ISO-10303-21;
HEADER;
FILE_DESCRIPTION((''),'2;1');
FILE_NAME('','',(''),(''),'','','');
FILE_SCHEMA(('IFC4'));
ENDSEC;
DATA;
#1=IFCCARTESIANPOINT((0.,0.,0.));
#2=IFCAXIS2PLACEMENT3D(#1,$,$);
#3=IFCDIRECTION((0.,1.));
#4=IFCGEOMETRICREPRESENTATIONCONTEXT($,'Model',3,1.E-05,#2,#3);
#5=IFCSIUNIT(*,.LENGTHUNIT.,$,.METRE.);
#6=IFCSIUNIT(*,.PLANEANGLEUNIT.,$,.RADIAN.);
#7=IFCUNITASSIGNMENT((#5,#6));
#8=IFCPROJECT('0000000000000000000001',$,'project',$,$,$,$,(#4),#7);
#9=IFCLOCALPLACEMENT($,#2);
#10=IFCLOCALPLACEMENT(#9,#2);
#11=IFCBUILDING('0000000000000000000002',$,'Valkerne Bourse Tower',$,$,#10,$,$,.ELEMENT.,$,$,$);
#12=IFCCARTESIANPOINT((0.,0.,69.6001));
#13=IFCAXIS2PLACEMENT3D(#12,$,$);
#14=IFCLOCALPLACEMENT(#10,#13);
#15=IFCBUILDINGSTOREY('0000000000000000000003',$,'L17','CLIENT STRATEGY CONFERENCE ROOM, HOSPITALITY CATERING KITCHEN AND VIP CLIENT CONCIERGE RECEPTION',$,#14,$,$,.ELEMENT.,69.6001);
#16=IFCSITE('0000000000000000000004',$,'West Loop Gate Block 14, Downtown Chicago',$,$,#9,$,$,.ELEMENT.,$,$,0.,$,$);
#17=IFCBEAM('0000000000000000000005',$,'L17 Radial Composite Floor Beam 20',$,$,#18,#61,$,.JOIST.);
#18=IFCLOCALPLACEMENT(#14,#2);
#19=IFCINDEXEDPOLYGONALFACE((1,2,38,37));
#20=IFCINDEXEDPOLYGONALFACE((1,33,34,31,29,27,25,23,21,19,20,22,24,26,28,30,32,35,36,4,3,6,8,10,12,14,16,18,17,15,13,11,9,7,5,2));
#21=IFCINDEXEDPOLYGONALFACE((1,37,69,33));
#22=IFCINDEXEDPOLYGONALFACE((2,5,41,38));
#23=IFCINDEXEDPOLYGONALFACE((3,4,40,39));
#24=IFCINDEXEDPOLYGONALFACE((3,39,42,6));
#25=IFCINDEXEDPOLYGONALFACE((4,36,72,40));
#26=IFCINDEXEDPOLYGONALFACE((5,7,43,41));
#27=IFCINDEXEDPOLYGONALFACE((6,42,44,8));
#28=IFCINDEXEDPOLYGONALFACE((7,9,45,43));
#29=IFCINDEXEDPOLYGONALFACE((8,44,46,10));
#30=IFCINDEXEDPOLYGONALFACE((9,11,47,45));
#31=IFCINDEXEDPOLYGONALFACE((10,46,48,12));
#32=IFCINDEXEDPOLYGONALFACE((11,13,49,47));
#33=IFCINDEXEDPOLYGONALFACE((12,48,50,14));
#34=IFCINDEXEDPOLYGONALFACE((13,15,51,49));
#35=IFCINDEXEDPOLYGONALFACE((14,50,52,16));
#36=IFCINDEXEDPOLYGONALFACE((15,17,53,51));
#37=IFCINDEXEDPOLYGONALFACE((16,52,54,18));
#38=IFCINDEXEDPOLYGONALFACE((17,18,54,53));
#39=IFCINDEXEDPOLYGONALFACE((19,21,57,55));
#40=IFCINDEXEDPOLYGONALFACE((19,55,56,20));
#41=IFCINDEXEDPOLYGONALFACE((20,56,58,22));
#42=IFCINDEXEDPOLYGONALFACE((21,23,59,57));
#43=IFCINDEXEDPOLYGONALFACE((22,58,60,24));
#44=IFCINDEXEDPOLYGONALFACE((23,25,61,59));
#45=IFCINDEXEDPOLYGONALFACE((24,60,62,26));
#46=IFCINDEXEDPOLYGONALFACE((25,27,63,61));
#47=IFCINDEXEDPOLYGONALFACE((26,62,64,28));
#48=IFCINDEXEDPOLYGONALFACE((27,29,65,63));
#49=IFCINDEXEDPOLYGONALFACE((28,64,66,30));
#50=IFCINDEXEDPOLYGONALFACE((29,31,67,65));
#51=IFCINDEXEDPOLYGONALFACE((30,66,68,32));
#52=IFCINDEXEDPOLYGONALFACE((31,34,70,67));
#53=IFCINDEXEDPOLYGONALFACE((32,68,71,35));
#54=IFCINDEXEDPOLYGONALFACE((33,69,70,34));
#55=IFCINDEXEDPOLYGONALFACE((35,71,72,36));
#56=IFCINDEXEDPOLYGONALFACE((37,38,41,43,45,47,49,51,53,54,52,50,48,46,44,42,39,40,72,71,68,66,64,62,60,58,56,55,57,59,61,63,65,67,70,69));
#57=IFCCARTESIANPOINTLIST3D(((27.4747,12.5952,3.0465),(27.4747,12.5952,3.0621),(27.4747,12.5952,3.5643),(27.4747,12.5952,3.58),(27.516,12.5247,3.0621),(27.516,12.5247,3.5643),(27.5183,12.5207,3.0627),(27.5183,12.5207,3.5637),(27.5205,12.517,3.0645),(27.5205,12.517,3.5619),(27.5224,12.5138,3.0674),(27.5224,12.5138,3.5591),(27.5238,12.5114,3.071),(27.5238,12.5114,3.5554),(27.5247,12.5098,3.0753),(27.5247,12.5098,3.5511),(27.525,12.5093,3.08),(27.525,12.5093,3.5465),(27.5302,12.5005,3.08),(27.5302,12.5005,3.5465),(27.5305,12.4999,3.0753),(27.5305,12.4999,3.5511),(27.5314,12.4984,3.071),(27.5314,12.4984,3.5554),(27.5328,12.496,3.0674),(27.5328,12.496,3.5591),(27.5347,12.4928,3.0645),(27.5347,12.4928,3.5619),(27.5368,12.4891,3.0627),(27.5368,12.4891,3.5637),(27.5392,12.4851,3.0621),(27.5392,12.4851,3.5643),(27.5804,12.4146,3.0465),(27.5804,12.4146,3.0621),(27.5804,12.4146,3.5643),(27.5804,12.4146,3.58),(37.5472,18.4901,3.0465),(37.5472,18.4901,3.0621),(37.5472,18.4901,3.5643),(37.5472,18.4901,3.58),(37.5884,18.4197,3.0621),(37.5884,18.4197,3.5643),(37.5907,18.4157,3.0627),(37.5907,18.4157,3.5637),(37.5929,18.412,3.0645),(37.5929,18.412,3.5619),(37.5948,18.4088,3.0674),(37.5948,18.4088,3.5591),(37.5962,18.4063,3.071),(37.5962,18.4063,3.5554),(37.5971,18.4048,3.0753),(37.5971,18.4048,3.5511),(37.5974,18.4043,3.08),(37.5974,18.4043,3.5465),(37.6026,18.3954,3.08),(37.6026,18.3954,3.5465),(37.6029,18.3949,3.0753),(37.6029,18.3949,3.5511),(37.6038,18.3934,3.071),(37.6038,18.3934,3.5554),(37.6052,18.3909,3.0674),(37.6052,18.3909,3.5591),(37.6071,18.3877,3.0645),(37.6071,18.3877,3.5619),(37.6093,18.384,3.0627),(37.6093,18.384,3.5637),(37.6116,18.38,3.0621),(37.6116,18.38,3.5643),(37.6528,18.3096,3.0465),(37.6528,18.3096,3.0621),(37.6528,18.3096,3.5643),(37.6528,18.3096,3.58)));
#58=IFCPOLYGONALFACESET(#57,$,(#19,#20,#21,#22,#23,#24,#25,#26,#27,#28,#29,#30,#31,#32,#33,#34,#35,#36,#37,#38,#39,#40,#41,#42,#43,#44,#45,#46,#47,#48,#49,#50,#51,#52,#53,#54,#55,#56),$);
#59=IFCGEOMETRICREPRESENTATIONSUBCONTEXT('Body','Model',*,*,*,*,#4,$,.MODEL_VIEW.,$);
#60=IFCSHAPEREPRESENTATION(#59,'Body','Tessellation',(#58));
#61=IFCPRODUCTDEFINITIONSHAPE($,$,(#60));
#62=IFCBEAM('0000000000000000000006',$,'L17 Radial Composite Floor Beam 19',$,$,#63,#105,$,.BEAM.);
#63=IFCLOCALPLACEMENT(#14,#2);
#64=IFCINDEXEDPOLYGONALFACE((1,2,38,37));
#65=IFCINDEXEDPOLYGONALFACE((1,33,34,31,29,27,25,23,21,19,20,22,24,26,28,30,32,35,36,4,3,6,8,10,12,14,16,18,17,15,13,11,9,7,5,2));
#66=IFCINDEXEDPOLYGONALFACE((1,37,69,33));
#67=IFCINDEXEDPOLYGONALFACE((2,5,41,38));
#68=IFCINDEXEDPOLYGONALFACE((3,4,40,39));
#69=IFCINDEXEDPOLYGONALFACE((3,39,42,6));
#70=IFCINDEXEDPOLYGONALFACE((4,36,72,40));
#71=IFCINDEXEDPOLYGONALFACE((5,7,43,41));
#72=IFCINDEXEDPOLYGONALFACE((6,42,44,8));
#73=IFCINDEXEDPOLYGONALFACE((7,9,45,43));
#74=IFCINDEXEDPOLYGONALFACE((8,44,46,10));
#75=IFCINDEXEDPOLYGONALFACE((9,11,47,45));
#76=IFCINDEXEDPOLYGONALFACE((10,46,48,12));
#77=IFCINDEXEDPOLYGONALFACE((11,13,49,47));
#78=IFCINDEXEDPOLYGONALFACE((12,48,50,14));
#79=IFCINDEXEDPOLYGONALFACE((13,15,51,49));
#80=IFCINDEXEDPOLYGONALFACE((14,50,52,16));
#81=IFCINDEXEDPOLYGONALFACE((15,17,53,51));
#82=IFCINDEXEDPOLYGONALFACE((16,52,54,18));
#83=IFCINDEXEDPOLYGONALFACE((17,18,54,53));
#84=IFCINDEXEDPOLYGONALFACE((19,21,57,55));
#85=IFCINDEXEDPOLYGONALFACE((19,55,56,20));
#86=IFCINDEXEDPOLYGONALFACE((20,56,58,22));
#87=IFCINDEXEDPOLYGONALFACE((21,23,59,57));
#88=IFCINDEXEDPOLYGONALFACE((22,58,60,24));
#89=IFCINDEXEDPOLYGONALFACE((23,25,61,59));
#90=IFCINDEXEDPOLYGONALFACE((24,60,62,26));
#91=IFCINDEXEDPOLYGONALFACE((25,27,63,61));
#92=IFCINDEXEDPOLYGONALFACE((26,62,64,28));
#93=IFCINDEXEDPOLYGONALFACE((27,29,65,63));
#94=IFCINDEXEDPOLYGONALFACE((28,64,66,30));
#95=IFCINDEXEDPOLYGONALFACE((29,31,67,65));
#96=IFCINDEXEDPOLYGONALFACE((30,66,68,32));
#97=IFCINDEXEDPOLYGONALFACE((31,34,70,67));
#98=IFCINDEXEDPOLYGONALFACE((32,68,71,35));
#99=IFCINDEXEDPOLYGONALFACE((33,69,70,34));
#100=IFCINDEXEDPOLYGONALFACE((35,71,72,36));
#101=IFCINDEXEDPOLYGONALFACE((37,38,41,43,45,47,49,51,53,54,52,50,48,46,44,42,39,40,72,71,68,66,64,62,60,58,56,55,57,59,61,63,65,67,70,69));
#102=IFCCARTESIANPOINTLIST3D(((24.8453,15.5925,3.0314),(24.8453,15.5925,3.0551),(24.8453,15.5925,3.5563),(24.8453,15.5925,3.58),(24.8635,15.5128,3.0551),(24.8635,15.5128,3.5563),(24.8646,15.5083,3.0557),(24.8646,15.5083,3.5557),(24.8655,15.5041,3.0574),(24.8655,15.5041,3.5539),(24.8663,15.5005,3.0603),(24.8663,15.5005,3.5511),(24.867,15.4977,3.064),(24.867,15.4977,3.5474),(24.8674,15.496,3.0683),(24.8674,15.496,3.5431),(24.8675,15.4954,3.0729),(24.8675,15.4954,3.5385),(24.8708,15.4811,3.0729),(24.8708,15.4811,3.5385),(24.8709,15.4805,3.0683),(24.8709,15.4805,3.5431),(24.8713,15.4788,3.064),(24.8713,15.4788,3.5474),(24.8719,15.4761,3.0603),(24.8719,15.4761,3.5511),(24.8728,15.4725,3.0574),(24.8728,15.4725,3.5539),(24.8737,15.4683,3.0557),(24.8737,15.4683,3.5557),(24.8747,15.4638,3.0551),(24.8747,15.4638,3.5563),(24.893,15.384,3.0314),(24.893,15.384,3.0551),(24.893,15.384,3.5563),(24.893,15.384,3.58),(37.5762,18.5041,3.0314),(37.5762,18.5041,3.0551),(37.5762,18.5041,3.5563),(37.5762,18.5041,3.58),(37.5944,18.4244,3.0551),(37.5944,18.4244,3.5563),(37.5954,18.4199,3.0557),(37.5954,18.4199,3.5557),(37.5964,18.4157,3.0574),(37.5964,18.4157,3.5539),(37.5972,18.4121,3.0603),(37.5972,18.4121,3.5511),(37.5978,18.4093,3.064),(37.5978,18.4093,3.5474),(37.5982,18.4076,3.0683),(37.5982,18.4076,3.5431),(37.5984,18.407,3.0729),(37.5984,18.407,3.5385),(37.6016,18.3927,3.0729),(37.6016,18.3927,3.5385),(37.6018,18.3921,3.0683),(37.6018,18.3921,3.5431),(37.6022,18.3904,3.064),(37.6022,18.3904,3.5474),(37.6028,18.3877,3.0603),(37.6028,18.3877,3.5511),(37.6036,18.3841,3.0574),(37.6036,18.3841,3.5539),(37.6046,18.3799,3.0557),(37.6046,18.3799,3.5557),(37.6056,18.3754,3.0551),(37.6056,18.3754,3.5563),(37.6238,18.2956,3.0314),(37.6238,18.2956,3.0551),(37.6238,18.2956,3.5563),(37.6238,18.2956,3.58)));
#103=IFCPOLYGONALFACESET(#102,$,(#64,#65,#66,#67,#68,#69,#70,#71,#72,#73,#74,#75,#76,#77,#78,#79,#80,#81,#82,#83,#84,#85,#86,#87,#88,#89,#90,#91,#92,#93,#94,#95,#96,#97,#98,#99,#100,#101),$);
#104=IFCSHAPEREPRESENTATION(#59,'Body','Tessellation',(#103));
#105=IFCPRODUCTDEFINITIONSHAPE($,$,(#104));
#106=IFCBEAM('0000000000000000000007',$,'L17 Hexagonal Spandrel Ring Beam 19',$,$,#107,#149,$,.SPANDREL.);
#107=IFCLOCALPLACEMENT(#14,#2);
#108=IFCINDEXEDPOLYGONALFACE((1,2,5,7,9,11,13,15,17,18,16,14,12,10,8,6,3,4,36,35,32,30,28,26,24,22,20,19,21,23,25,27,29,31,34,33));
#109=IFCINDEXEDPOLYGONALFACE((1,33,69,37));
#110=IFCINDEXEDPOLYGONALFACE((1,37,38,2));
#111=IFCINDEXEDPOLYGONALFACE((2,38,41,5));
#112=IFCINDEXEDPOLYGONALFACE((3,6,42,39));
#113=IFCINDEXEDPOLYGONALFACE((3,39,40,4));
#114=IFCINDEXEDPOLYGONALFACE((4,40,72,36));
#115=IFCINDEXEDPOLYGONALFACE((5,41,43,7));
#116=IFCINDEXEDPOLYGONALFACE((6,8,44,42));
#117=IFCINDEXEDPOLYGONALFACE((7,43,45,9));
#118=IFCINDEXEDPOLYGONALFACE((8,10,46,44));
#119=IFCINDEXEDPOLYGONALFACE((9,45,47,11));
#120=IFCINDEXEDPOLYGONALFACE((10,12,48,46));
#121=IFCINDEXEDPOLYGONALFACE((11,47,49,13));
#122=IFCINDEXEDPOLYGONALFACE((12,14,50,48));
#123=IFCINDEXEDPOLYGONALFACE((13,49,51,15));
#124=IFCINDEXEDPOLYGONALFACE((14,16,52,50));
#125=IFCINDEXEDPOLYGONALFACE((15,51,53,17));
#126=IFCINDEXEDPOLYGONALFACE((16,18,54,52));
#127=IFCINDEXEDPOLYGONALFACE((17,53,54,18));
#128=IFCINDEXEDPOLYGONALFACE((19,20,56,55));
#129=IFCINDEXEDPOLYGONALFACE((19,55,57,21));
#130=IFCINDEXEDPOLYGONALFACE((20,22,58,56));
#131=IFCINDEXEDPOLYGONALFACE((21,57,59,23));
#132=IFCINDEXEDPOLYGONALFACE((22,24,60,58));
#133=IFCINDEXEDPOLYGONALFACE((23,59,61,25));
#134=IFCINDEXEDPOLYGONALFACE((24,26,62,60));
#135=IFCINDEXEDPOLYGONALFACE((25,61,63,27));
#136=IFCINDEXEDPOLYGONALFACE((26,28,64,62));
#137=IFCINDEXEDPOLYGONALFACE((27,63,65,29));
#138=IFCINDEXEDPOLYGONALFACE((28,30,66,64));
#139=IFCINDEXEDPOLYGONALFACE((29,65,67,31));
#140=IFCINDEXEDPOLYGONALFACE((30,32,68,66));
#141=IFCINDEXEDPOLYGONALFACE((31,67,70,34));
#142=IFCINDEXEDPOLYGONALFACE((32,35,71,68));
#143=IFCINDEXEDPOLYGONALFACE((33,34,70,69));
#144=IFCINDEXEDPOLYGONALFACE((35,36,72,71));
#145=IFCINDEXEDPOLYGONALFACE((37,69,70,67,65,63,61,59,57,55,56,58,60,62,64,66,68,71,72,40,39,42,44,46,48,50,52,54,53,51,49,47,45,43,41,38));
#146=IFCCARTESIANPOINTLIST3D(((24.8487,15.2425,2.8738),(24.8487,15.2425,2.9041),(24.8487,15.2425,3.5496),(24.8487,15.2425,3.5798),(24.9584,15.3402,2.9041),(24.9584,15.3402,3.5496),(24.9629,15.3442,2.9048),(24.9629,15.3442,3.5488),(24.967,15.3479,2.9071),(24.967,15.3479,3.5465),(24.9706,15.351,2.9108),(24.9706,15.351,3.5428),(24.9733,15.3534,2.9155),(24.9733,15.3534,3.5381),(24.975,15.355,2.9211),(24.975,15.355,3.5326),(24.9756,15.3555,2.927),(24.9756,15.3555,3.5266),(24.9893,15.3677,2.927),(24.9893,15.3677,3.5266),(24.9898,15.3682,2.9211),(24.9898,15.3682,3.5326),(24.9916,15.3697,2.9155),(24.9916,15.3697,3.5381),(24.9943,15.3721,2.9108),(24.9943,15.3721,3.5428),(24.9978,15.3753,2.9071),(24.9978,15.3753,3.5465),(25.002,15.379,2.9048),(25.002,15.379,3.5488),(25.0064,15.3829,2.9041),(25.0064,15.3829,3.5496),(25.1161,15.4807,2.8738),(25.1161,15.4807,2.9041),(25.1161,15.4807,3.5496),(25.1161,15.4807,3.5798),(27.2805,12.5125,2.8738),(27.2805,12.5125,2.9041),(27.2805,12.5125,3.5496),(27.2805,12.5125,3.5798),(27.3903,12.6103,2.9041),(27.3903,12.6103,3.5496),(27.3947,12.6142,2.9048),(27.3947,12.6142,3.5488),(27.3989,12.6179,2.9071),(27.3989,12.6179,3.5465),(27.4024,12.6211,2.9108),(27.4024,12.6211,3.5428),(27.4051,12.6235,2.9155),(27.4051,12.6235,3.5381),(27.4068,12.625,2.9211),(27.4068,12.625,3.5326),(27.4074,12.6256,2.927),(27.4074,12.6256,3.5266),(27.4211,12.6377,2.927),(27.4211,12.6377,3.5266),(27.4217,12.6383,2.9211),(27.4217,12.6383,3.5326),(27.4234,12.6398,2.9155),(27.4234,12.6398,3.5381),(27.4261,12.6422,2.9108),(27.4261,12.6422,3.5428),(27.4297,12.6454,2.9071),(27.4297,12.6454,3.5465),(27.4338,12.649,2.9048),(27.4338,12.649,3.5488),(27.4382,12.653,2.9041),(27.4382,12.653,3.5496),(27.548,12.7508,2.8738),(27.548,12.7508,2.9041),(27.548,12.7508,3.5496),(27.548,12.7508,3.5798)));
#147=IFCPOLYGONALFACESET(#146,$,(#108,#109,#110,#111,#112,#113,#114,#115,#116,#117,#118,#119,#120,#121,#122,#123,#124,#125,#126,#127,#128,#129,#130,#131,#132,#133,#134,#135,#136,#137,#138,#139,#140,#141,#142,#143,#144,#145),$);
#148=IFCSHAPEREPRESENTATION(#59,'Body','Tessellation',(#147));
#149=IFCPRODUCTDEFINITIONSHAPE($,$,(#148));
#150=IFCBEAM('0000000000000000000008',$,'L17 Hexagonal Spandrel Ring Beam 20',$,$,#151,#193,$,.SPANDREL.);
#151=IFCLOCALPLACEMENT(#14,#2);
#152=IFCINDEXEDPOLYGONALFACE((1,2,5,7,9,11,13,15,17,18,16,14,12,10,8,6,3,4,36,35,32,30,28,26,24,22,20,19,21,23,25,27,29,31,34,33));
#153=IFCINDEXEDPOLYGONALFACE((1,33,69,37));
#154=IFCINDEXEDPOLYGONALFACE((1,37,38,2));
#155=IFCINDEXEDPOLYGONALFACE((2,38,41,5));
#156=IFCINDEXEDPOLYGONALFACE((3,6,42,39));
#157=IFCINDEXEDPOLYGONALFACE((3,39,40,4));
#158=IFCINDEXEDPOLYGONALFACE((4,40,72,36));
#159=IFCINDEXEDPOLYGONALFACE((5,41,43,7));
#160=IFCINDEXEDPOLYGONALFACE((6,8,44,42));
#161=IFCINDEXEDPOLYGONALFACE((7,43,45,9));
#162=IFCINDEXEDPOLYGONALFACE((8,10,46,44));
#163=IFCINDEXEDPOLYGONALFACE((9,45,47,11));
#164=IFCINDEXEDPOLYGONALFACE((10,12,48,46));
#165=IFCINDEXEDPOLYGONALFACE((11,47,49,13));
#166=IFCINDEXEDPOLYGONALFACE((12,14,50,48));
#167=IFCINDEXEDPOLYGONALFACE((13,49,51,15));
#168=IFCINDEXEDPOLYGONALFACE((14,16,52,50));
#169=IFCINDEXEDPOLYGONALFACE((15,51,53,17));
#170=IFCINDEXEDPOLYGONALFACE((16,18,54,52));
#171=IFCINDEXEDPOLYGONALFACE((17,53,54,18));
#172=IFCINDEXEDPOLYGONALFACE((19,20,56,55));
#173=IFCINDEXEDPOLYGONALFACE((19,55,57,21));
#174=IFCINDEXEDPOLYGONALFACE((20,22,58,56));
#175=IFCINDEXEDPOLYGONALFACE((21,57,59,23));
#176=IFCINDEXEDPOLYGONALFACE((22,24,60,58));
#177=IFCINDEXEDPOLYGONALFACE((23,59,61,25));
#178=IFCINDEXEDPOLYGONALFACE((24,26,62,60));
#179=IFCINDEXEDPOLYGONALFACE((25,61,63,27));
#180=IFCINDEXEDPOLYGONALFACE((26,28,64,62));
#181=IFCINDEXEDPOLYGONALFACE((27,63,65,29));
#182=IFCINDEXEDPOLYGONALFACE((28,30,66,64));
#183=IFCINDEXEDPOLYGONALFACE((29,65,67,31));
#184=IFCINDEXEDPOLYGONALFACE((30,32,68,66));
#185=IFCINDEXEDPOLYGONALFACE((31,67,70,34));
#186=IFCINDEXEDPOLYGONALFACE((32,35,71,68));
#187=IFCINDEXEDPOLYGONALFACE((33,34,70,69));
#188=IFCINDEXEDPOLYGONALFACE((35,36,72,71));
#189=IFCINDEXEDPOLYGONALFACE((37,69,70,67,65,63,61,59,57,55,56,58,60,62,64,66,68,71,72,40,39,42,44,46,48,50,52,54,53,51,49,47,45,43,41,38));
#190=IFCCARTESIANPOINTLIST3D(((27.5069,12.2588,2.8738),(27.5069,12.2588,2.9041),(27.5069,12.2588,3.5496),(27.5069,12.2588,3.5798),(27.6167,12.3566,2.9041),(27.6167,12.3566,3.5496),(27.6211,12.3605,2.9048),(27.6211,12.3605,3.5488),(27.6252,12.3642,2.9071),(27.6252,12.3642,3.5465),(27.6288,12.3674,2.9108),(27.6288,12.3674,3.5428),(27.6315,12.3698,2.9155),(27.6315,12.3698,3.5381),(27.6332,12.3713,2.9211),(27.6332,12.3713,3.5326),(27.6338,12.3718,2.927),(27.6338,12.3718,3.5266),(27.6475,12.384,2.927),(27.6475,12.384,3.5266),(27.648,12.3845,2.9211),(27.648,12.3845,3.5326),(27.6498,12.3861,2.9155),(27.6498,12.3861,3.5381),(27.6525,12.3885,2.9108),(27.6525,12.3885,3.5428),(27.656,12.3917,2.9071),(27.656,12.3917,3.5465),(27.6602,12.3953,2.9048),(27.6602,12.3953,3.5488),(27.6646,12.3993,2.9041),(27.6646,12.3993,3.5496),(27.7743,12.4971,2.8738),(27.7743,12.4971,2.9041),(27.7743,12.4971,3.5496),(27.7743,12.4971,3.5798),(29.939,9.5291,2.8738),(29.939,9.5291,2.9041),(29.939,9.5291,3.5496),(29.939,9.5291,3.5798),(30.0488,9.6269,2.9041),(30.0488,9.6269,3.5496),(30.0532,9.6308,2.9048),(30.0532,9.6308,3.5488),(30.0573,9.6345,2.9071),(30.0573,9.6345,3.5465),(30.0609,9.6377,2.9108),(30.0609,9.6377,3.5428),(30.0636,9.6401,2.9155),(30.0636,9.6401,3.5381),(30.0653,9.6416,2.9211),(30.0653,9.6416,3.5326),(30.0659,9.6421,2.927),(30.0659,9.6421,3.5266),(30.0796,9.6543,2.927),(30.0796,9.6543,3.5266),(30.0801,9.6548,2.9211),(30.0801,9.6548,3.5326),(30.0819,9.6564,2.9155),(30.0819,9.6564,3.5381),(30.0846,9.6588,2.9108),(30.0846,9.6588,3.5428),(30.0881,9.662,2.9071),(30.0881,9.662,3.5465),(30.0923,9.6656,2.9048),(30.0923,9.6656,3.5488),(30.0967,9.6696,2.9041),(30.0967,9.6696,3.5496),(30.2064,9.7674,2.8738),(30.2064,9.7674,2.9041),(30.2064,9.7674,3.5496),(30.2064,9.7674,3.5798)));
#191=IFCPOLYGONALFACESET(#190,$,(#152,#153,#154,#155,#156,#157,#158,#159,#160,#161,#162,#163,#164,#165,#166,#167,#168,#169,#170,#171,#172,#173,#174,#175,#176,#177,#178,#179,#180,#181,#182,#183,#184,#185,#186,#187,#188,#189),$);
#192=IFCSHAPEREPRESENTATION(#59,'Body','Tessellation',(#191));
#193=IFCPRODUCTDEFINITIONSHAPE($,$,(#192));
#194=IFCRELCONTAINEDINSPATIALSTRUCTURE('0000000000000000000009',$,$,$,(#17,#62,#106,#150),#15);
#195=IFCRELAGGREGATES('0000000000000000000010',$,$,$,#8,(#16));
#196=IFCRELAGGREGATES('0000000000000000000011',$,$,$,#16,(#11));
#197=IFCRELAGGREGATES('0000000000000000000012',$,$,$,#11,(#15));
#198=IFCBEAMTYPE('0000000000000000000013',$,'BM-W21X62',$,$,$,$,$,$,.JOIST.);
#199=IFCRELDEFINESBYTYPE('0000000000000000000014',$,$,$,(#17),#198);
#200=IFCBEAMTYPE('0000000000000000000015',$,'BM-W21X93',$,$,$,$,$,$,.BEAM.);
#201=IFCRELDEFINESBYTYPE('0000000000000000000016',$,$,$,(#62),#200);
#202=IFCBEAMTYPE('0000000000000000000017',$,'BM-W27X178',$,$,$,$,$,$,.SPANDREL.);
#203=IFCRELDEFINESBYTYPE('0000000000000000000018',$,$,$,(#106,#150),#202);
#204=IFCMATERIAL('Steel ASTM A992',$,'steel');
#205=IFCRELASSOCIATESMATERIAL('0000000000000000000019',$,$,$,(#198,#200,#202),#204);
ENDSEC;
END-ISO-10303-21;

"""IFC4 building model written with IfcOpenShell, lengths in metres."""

from ifc_helpers import new_model, si_unit, direction, frame, origin, origin_2d, place, context, subcontext, project, spatial, i_section, extrude, material, material_profile, profile_set, type_object, element, save


model = new_model("IFC4")

# Units and contexts
model_context = context("Model", 3, precision=1e-05, world=origin(), true_north=direction((0.0, 1.0)))
body_context = subcontext(model_context, "Body", "Model", "MODEL_VIEW")
ifc_project = project(units=[si_unit("LENGTHUNIT", "METRE"), si_unit("PLANEANGLEUNIT", "RADIAN")], contexts=[model_context])

# Site, building, storey
site_placement = place(None, origin())
site = spatial("IfcSite", under=ifc_project, at=site_placement, Name="West Loop Gate Block 14, Downtown Chicago", CompositionType="ELEMENT", RefElevation=0.0)
building_placement = place(site_placement, origin())
building = spatial("IfcBuilding", under=site, at=building_placement, Name="Valkerne Bourse Tower", CompositionType="ELEMENT")
storey_placement = place(building_placement, frame((0.0, 0.0, 69.6001)))
storey = spatial("IfcBuildingStorey", under=building, at=storey_placement, Name="L17", Description="CLIENT STRATEGY CONFERENCE ROOM, HOSPITALITY CATERING KITCHEN AND VIP CLIENT CONCIERGE RECEPTION", CompositionType="ELEMENT", Elevation=69.6001)

# Beams
ifc_material_1 = material(Name="Steel ASTM A992", Category="steel")
ifc_material_profile_1 = material_profile(ifc_material_1, i_section(OverallWidth=0.2092, OverallDepth=0.5334, WebThickness=0.0103, FlangeThickness=0.0156, FilletRadius=0.0178, at=origin_2d()), Name="W21X62")
ifc_profile_set_1 = profile_set([ifc_material_profile_1], Name="Steel ASTM A992")
beam_type_1 = type_object("IfcBeamType", Name="BM-W21X62", PredefinedType="JOIST", material=ifc_profile_set_1)
beam_1_placement = place(storey_placement, frame((27.5276, 12.5049, 3.3132), z_axis=(0.863055, 0.50511, 0.0), x_axis=(-0.50511, 0.863055, 0.0)))
element("IfcBeam", 1, at=beam_1_placement, inside=storey, type_object=beam_type_1, Name="L17 Radial Composite Floor Beam 20", PredefinedType="JOIST", context=body_context, shape_type="SweptSolid", body=[
    extrude(i_section(OverallWidth=0.2092, OverallDepth=0.5334, WebThickness=0.0103, FlangeThickness=0.0156, FilletRadius=0.0178, at=origin_2d()), origin(), (0.0, 0.0, 1.0), 11.6707),
])
ifc_material_profile_2 = material_profile(ifc_material_1, i_section(OverallWidth=0.2139, OverallDepth=0.5486, WebThickness=0.0146, FlangeThickness=0.0237, FilletRadius=0.0178, at=origin_2d()), Name="W21X93")
ifc_profile_set_2 = profile_set([ifc_material_profile_2], Name="Steel ASTM A992")
beam_type_2 = type_object("IfcBeamType", Name="BM-W21X93", PredefinedType="BEAM", material=ifc_profile_set_2)
beam_2_placement = place(storey_placement, frame((24.8691, 15.4883, 3.3057), z_axis=(0.97483, 0.222948, 0.0), x_axis=(-0.222948, 0.97483, 0.0)))
element("IfcBeam", 2, at=beam_2_placement, inside=storey, type_object=beam_type_2, Name="L17 Radial Composite Floor Beam 19", PredefinedType="BEAM", context=body_context, shape_type="SweptSolid", body=[
    extrude(i_section(OverallWidth=0.2139, OverallDepth=0.5486, WebThickness=0.0146, FlangeThickness=0.0237, FilletRadius=0.0178, at=origin_2d()), origin(), (0.0, 0.0, 1.0), 13.0596),
])
ifc_material_profile_3 = material_profile(ifc_material_1, i_section(OverallWidth=0.3582, OverallDepth=0.7061, WebThickness=0.0183, FlangeThickness=0.0303, FilletRadius=0.0229, at=origin_2d()), Name="W27X178")
ifc_profile_set_3 = profile_set([ifc_material_profile_3], Name="Steel ASTM A992")
beam_type_3 = type_object("IfcBeamType", Name="BM-W27X178", PredefinedType="SPANDREL", material=ifc_profile_set_3)
for number, where, z_axis, x_axis, name in (
    (3, (24.9824, 15.3616, 3.2268), (0.665163, -0.746698, 0.0), (0.746698, 0.665163, 0.0), "L17 Hexagonal Spandrel Ring Beam 19"),
    (4, (27.6406, 12.3779, 3.2268), (0.665234, -0.746635, 0.0), (0.746635, 0.665234, 0.0), "L17 Hexagonal Spandrel Ring Beam 20"),
):
    element("IfcBeam", number, at=place(storey_placement, frame(where, z_axis=z_axis, x_axis=x_axis)), inside=storey, type_object=beam_type_3, Name=name, PredefinedType="SPANDREL", context=body_context, shape_type="SweptSolid", body=[
        extrude(i_section(OverallWidth=0.3582, OverallDepth=0.7061, WebThickness=0.0183, FlangeThickness=0.0303, FilletRadius=0.0229, at=origin_2d()), origin(), (0.0, 0.0, 1.0), 3.656),
    ])

save(model, "model.ifc")
